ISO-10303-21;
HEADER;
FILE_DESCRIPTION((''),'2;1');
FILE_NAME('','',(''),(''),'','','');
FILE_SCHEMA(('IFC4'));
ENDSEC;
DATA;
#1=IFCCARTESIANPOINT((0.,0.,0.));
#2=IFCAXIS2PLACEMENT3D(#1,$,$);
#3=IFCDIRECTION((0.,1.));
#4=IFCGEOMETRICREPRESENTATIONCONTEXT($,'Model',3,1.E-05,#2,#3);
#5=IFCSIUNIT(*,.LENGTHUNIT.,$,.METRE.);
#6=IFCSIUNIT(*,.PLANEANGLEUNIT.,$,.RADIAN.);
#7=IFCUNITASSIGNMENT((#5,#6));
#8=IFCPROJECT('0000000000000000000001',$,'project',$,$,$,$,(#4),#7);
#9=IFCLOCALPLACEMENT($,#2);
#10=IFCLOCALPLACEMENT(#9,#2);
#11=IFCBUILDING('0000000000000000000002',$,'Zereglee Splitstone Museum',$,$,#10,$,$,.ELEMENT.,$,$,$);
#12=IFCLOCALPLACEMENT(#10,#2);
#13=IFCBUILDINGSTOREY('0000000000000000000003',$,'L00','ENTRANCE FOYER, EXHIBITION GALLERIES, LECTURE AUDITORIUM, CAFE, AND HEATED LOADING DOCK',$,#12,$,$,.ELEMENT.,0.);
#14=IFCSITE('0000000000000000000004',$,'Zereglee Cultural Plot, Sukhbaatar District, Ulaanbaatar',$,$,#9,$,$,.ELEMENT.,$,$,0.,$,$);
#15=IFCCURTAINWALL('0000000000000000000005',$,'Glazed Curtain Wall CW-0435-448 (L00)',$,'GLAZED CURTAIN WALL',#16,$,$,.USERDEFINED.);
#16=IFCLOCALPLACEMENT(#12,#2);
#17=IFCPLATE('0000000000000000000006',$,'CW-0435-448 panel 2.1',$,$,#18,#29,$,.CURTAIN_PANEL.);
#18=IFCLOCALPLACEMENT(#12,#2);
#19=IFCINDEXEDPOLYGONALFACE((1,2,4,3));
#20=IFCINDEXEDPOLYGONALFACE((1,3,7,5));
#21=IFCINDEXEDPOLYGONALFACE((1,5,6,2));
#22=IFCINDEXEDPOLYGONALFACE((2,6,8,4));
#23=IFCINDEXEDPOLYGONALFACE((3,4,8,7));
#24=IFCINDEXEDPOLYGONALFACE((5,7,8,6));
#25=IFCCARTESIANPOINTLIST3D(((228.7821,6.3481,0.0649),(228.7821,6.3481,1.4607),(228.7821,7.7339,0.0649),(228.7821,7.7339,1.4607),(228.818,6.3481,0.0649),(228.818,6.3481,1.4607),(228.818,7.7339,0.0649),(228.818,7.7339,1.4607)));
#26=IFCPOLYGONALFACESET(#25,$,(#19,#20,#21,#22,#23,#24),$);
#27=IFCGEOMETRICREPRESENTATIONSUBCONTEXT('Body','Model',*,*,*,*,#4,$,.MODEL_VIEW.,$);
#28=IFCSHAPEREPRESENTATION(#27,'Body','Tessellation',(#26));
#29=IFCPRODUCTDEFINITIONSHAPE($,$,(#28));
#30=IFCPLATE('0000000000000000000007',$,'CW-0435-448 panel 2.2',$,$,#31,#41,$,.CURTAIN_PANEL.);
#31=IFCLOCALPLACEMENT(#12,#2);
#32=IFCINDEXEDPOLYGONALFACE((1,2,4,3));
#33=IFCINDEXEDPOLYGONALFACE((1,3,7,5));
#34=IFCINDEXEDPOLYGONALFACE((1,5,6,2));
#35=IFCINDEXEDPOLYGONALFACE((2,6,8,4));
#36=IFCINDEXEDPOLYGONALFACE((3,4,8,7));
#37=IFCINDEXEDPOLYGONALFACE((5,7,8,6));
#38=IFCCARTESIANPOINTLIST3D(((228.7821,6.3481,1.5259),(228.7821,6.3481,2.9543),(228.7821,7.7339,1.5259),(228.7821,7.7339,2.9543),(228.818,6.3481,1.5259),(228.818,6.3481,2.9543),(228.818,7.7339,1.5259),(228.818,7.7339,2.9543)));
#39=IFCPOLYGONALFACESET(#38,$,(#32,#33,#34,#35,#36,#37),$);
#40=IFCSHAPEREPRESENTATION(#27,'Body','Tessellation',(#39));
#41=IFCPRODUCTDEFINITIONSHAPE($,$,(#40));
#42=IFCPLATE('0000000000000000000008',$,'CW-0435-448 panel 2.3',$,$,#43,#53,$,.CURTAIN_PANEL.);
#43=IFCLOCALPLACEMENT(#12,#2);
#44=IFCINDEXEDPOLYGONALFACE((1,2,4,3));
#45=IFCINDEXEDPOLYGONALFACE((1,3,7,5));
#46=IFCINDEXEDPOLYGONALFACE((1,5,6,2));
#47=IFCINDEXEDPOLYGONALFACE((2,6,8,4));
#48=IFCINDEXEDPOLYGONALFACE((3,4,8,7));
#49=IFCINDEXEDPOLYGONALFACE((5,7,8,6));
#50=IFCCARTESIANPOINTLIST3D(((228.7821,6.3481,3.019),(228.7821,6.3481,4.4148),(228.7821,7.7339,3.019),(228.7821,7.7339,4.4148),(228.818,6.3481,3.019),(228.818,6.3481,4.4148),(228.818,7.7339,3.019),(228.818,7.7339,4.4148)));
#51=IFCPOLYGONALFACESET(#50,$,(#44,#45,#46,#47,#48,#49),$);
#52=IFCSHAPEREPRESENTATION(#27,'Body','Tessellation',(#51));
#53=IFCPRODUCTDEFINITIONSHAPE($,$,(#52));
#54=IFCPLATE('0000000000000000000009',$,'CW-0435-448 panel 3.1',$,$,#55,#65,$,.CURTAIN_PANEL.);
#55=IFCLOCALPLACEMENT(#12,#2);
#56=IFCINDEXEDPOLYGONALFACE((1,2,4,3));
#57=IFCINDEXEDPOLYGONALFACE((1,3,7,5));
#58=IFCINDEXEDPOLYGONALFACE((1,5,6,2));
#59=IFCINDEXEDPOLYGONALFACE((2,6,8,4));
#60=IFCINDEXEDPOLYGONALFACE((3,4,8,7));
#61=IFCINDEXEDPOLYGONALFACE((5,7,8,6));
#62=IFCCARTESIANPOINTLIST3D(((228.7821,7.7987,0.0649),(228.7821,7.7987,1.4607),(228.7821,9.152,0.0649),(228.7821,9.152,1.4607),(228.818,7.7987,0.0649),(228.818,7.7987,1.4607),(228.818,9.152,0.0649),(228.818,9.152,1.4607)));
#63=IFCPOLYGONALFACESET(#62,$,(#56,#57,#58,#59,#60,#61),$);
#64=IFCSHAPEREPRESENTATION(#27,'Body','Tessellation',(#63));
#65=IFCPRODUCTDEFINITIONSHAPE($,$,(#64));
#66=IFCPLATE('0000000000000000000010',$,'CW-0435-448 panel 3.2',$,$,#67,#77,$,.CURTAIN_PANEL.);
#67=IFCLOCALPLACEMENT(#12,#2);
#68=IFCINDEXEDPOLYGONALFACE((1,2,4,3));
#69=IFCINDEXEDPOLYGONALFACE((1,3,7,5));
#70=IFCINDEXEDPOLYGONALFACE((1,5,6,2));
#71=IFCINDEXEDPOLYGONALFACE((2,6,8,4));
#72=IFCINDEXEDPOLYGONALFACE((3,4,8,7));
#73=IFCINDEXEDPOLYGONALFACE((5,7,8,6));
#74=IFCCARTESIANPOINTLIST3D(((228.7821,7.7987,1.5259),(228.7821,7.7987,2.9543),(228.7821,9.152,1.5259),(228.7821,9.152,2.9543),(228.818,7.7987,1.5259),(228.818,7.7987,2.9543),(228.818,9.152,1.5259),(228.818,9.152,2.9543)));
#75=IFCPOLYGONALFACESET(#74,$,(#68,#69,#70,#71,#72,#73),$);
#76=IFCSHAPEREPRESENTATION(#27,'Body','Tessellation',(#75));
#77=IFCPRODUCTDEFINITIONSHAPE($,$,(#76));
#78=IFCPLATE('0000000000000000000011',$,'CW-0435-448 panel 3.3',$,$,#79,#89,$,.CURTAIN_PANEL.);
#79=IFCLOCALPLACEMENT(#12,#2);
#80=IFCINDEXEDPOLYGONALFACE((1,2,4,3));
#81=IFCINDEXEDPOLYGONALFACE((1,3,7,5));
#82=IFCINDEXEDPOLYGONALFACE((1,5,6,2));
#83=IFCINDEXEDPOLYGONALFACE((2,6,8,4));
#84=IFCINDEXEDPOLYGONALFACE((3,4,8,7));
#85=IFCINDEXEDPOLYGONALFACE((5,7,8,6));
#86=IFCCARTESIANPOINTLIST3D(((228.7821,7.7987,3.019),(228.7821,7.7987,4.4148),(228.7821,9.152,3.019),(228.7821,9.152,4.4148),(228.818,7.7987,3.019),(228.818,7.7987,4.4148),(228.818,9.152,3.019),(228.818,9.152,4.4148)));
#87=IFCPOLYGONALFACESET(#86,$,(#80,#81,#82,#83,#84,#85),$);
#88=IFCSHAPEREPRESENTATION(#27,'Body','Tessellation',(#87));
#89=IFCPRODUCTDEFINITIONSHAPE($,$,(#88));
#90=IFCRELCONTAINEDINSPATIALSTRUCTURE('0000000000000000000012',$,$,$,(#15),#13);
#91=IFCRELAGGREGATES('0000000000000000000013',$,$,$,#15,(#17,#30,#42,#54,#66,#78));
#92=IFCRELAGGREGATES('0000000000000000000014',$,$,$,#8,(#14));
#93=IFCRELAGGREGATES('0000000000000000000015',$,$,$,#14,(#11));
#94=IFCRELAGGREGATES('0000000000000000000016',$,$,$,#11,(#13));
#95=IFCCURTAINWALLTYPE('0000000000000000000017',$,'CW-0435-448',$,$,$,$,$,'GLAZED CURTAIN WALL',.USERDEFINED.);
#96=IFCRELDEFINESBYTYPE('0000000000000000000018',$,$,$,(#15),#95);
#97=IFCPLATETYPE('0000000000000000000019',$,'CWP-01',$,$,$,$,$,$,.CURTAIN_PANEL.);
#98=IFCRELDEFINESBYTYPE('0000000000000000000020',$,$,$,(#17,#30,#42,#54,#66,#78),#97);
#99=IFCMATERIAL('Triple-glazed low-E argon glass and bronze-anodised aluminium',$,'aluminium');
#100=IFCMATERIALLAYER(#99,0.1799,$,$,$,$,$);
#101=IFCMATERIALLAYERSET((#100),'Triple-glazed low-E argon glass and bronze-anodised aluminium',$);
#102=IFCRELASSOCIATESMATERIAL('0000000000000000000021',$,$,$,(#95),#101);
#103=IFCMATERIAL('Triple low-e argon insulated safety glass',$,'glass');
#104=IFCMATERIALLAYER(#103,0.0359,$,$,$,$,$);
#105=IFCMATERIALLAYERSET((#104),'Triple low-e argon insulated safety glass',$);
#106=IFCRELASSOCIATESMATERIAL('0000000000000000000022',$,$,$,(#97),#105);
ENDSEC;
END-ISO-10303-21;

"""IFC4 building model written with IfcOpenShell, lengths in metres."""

from ifc_helpers import new_model, si_unit, direction, frame, origin, origin_2d, place, context, subcontext, project, spatial, rectangle, extrude, material, layer, layer_set, type_object, element, aggregate, save


model = new_model("IFC4")

# Units and contexts
model_context = context("Model", 3, precision=1e-05, world=origin(), true_north=direction((0.0, 1.0)))
body_context = subcontext(model_context, "Body", "Model", "MODEL_VIEW")
ifc_project = project(units=[si_unit("LENGTHUNIT", "METRE"), si_unit("PLANEANGLEUNIT", "RADIAN")], contexts=[model_context])

# Site, building, storey
site_placement = place(None, origin())
site = spatial("IfcSite", under=ifc_project, at=site_placement, Name="Zereglee Cultural Plot, Sukhbaatar District, Ulaanbaatar", CompositionType="ELEMENT", RefElevation=0.0)
building_placement = place(site_placement, origin())
building = spatial("IfcBuilding", under=site, at=building_placement, Name="Zereglee Splitstone Museum", CompositionType="ELEMENT")
storey_placement = place(building_placement, origin())
storey = spatial("IfcBuildingStorey", under=building, at=storey_placement, Name="L00", Description="ENTRANCE FOYER, EXHIBITION GALLERIES, LECTURE AUDITORIUM, CAFE, AND HEATED LOADING DOCK", CompositionType="ELEMENT", Elevation=0.0)

# Curtain wall, plates
ifc_material_1 = material(Name="Triple-glazed low-E argon glass and bronze-anodised aluminium", Category="aluminium")
ifc_layer_1 = layer(ifc_material_1, 0.1799)
ifc_layer_set_1 = layer_set([ifc_layer_1], Name="Triple-glazed low-E argon glass and bronze-anodised aluminium")
curtain_wall_type = type_object("IfcCurtainWallType", Name="CW-0435-448", ElementType="GLAZED CURTAIN WALL", PredefinedType="USERDEFINED", material=ifc_layer_set_1)
curtain_wall_placement = place(storey_placement, origin())
curtain_wall = element("IfcCurtainWall", 1, at=curtain_wall_placement, inside=storey, type_object=curtain_wall_type, Name="Glazed Curtain Wall CW-0435-448 (L00)", ObjectType="GLAZED CURTAIN WALL", PredefinedType="USERDEFINED")
ifc_material_2 = material(Name="Triple low-e argon insulated safety glass", Category="glass")
ifc_layer_2 = layer(ifc_material_2, 0.0359)
ifc_layer_set_2 = layer_set([ifc_layer_2], Name="Triple low-e argon insulated safety glass")
plate_type = type_object("IfcPlateType", Name="CWP-01", PredefinedType="CURTAIN_PANEL", material=ifc_layer_set_2)
plate_1_placement = place(storey_placement, frame((228.8, 7.041, 0.0649), z_axis=(0.0, 0.0, 1.0), x_axis=(0.0, 1.0, 0.0)))
plate_1 = element("IfcPlate", 2, at=plate_1_placement, type_object=plate_type, Name="CW-0435-448 panel 2.1", PredefinedType="CURTAIN_PANEL", context=body_context, shape_type="SweptSolid", body=[
    extrude(rectangle(XDim=1.3857, YDim=0.0359, at=origin_2d()), origin(), (0.0, 0.0, 1.0), 1.3958),
])
plate_2_placement = place(storey_placement, frame((228.8, 7.041, 1.5259), z_axis=(0.0, 0.0, 1.0), x_axis=(0.0, 1.0, 0.0)))
plate_2 = element("IfcPlate", 3, at=plate_2_placement, type_object=plate_type, Name="CW-0435-448 panel 2.2", PredefinedType="CURTAIN_PANEL", context=body_context, shape_type="SweptSolid", body=[
    extrude(rectangle(XDim=1.3857, YDim=0.0359, at=origin_2d()), origin(), (0.0, 0.0, 1.0), 1.4285),
])
plate_3_placement = place(storey_placement, frame((228.8, 7.041, 3.019), z_axis=(0.0, 0.0, 1.0), x_axis=(0.0, 1.0, 0.0)))
plate_3 = element("IfcPlate", 4, at=plate_3_placement, type_object=plate_type, Name="CW-0435-448 panel 2.3", PredefinedType="CURTAIN_PANEL", context=body_context, shape_type="SweptSolid", body=[
    extrude(rectangle(XDim=1.3857, YDim=0.0359, at=origin_2d()), origin(), (0.0, 0.0, 1.0), 1.3958),
])
plate_4_placement = place(storey_placement, frame((228.8, 8.4753, 0.0649), z_axis=(0.0, 0.0, 1.0), x_axis=(0.0, 1.0, 0.0)))
plate_4 = element("IfcPlate", 5, at=plate_4_placement, type_object=plate_type, Name="CW-0435-448 panel 3.1", PredefinedType="CURTAIN_PANEL", context=body_context, shape_type="SweptSolid", body=[
    extrude(rectangle(XDim=1.3533, YDim=0.0359, at=origin_2d()), origin(), (0.0, 0.0, 1.0), 1.3958),
])
plate_5_placement = place(storey_placement, frame((228.8, 8.4753, 1.5259), z_axis=(0.0, 0.0, 1.0), x_axis=(0.0, 1.0, 0.0)))
plate_5 = element("IfcPlate", 6, at=plate_5_placement, type_object=plate_type, Name="CW-0435-448 panel 3.2", PredefinedType="CURTAIN_PANEL", context=body_context, shape_type="SweptSolid", body=[
    extrude(rectangle(XDim=1.3533, YDim=0.0359, at=origin_2d()), origin(), (0.0, 0.0, 1.0), 1.4285),
])
plate_6_placement = place(storey_placement, frame((228.8, 8.4753, 3.019), z_axis=(0.0, 0.0, 1.0), x_axis=(0.0, 1.0, 0.0)))
plate_6 = element("IfcPlate", 7, at=plate_6_placement, type_object=plate_type, Name="CW-0435-448 panel 3.3", PredefinedType="CURTAIN_PANEL", context=body_context, shape_type="SweptSolid", body=[
    extrude(rectangle(XDim=1.3533, YDim=0.0359, at=origin_2d()), origin(), (0.0, 0.0, 1.0), 1.3958),
])
aggregate(curtain_wall, [plate_1, plate_2, plate_3, plate_4, plate_5, plate_6])

save(model, "model.ifc")
